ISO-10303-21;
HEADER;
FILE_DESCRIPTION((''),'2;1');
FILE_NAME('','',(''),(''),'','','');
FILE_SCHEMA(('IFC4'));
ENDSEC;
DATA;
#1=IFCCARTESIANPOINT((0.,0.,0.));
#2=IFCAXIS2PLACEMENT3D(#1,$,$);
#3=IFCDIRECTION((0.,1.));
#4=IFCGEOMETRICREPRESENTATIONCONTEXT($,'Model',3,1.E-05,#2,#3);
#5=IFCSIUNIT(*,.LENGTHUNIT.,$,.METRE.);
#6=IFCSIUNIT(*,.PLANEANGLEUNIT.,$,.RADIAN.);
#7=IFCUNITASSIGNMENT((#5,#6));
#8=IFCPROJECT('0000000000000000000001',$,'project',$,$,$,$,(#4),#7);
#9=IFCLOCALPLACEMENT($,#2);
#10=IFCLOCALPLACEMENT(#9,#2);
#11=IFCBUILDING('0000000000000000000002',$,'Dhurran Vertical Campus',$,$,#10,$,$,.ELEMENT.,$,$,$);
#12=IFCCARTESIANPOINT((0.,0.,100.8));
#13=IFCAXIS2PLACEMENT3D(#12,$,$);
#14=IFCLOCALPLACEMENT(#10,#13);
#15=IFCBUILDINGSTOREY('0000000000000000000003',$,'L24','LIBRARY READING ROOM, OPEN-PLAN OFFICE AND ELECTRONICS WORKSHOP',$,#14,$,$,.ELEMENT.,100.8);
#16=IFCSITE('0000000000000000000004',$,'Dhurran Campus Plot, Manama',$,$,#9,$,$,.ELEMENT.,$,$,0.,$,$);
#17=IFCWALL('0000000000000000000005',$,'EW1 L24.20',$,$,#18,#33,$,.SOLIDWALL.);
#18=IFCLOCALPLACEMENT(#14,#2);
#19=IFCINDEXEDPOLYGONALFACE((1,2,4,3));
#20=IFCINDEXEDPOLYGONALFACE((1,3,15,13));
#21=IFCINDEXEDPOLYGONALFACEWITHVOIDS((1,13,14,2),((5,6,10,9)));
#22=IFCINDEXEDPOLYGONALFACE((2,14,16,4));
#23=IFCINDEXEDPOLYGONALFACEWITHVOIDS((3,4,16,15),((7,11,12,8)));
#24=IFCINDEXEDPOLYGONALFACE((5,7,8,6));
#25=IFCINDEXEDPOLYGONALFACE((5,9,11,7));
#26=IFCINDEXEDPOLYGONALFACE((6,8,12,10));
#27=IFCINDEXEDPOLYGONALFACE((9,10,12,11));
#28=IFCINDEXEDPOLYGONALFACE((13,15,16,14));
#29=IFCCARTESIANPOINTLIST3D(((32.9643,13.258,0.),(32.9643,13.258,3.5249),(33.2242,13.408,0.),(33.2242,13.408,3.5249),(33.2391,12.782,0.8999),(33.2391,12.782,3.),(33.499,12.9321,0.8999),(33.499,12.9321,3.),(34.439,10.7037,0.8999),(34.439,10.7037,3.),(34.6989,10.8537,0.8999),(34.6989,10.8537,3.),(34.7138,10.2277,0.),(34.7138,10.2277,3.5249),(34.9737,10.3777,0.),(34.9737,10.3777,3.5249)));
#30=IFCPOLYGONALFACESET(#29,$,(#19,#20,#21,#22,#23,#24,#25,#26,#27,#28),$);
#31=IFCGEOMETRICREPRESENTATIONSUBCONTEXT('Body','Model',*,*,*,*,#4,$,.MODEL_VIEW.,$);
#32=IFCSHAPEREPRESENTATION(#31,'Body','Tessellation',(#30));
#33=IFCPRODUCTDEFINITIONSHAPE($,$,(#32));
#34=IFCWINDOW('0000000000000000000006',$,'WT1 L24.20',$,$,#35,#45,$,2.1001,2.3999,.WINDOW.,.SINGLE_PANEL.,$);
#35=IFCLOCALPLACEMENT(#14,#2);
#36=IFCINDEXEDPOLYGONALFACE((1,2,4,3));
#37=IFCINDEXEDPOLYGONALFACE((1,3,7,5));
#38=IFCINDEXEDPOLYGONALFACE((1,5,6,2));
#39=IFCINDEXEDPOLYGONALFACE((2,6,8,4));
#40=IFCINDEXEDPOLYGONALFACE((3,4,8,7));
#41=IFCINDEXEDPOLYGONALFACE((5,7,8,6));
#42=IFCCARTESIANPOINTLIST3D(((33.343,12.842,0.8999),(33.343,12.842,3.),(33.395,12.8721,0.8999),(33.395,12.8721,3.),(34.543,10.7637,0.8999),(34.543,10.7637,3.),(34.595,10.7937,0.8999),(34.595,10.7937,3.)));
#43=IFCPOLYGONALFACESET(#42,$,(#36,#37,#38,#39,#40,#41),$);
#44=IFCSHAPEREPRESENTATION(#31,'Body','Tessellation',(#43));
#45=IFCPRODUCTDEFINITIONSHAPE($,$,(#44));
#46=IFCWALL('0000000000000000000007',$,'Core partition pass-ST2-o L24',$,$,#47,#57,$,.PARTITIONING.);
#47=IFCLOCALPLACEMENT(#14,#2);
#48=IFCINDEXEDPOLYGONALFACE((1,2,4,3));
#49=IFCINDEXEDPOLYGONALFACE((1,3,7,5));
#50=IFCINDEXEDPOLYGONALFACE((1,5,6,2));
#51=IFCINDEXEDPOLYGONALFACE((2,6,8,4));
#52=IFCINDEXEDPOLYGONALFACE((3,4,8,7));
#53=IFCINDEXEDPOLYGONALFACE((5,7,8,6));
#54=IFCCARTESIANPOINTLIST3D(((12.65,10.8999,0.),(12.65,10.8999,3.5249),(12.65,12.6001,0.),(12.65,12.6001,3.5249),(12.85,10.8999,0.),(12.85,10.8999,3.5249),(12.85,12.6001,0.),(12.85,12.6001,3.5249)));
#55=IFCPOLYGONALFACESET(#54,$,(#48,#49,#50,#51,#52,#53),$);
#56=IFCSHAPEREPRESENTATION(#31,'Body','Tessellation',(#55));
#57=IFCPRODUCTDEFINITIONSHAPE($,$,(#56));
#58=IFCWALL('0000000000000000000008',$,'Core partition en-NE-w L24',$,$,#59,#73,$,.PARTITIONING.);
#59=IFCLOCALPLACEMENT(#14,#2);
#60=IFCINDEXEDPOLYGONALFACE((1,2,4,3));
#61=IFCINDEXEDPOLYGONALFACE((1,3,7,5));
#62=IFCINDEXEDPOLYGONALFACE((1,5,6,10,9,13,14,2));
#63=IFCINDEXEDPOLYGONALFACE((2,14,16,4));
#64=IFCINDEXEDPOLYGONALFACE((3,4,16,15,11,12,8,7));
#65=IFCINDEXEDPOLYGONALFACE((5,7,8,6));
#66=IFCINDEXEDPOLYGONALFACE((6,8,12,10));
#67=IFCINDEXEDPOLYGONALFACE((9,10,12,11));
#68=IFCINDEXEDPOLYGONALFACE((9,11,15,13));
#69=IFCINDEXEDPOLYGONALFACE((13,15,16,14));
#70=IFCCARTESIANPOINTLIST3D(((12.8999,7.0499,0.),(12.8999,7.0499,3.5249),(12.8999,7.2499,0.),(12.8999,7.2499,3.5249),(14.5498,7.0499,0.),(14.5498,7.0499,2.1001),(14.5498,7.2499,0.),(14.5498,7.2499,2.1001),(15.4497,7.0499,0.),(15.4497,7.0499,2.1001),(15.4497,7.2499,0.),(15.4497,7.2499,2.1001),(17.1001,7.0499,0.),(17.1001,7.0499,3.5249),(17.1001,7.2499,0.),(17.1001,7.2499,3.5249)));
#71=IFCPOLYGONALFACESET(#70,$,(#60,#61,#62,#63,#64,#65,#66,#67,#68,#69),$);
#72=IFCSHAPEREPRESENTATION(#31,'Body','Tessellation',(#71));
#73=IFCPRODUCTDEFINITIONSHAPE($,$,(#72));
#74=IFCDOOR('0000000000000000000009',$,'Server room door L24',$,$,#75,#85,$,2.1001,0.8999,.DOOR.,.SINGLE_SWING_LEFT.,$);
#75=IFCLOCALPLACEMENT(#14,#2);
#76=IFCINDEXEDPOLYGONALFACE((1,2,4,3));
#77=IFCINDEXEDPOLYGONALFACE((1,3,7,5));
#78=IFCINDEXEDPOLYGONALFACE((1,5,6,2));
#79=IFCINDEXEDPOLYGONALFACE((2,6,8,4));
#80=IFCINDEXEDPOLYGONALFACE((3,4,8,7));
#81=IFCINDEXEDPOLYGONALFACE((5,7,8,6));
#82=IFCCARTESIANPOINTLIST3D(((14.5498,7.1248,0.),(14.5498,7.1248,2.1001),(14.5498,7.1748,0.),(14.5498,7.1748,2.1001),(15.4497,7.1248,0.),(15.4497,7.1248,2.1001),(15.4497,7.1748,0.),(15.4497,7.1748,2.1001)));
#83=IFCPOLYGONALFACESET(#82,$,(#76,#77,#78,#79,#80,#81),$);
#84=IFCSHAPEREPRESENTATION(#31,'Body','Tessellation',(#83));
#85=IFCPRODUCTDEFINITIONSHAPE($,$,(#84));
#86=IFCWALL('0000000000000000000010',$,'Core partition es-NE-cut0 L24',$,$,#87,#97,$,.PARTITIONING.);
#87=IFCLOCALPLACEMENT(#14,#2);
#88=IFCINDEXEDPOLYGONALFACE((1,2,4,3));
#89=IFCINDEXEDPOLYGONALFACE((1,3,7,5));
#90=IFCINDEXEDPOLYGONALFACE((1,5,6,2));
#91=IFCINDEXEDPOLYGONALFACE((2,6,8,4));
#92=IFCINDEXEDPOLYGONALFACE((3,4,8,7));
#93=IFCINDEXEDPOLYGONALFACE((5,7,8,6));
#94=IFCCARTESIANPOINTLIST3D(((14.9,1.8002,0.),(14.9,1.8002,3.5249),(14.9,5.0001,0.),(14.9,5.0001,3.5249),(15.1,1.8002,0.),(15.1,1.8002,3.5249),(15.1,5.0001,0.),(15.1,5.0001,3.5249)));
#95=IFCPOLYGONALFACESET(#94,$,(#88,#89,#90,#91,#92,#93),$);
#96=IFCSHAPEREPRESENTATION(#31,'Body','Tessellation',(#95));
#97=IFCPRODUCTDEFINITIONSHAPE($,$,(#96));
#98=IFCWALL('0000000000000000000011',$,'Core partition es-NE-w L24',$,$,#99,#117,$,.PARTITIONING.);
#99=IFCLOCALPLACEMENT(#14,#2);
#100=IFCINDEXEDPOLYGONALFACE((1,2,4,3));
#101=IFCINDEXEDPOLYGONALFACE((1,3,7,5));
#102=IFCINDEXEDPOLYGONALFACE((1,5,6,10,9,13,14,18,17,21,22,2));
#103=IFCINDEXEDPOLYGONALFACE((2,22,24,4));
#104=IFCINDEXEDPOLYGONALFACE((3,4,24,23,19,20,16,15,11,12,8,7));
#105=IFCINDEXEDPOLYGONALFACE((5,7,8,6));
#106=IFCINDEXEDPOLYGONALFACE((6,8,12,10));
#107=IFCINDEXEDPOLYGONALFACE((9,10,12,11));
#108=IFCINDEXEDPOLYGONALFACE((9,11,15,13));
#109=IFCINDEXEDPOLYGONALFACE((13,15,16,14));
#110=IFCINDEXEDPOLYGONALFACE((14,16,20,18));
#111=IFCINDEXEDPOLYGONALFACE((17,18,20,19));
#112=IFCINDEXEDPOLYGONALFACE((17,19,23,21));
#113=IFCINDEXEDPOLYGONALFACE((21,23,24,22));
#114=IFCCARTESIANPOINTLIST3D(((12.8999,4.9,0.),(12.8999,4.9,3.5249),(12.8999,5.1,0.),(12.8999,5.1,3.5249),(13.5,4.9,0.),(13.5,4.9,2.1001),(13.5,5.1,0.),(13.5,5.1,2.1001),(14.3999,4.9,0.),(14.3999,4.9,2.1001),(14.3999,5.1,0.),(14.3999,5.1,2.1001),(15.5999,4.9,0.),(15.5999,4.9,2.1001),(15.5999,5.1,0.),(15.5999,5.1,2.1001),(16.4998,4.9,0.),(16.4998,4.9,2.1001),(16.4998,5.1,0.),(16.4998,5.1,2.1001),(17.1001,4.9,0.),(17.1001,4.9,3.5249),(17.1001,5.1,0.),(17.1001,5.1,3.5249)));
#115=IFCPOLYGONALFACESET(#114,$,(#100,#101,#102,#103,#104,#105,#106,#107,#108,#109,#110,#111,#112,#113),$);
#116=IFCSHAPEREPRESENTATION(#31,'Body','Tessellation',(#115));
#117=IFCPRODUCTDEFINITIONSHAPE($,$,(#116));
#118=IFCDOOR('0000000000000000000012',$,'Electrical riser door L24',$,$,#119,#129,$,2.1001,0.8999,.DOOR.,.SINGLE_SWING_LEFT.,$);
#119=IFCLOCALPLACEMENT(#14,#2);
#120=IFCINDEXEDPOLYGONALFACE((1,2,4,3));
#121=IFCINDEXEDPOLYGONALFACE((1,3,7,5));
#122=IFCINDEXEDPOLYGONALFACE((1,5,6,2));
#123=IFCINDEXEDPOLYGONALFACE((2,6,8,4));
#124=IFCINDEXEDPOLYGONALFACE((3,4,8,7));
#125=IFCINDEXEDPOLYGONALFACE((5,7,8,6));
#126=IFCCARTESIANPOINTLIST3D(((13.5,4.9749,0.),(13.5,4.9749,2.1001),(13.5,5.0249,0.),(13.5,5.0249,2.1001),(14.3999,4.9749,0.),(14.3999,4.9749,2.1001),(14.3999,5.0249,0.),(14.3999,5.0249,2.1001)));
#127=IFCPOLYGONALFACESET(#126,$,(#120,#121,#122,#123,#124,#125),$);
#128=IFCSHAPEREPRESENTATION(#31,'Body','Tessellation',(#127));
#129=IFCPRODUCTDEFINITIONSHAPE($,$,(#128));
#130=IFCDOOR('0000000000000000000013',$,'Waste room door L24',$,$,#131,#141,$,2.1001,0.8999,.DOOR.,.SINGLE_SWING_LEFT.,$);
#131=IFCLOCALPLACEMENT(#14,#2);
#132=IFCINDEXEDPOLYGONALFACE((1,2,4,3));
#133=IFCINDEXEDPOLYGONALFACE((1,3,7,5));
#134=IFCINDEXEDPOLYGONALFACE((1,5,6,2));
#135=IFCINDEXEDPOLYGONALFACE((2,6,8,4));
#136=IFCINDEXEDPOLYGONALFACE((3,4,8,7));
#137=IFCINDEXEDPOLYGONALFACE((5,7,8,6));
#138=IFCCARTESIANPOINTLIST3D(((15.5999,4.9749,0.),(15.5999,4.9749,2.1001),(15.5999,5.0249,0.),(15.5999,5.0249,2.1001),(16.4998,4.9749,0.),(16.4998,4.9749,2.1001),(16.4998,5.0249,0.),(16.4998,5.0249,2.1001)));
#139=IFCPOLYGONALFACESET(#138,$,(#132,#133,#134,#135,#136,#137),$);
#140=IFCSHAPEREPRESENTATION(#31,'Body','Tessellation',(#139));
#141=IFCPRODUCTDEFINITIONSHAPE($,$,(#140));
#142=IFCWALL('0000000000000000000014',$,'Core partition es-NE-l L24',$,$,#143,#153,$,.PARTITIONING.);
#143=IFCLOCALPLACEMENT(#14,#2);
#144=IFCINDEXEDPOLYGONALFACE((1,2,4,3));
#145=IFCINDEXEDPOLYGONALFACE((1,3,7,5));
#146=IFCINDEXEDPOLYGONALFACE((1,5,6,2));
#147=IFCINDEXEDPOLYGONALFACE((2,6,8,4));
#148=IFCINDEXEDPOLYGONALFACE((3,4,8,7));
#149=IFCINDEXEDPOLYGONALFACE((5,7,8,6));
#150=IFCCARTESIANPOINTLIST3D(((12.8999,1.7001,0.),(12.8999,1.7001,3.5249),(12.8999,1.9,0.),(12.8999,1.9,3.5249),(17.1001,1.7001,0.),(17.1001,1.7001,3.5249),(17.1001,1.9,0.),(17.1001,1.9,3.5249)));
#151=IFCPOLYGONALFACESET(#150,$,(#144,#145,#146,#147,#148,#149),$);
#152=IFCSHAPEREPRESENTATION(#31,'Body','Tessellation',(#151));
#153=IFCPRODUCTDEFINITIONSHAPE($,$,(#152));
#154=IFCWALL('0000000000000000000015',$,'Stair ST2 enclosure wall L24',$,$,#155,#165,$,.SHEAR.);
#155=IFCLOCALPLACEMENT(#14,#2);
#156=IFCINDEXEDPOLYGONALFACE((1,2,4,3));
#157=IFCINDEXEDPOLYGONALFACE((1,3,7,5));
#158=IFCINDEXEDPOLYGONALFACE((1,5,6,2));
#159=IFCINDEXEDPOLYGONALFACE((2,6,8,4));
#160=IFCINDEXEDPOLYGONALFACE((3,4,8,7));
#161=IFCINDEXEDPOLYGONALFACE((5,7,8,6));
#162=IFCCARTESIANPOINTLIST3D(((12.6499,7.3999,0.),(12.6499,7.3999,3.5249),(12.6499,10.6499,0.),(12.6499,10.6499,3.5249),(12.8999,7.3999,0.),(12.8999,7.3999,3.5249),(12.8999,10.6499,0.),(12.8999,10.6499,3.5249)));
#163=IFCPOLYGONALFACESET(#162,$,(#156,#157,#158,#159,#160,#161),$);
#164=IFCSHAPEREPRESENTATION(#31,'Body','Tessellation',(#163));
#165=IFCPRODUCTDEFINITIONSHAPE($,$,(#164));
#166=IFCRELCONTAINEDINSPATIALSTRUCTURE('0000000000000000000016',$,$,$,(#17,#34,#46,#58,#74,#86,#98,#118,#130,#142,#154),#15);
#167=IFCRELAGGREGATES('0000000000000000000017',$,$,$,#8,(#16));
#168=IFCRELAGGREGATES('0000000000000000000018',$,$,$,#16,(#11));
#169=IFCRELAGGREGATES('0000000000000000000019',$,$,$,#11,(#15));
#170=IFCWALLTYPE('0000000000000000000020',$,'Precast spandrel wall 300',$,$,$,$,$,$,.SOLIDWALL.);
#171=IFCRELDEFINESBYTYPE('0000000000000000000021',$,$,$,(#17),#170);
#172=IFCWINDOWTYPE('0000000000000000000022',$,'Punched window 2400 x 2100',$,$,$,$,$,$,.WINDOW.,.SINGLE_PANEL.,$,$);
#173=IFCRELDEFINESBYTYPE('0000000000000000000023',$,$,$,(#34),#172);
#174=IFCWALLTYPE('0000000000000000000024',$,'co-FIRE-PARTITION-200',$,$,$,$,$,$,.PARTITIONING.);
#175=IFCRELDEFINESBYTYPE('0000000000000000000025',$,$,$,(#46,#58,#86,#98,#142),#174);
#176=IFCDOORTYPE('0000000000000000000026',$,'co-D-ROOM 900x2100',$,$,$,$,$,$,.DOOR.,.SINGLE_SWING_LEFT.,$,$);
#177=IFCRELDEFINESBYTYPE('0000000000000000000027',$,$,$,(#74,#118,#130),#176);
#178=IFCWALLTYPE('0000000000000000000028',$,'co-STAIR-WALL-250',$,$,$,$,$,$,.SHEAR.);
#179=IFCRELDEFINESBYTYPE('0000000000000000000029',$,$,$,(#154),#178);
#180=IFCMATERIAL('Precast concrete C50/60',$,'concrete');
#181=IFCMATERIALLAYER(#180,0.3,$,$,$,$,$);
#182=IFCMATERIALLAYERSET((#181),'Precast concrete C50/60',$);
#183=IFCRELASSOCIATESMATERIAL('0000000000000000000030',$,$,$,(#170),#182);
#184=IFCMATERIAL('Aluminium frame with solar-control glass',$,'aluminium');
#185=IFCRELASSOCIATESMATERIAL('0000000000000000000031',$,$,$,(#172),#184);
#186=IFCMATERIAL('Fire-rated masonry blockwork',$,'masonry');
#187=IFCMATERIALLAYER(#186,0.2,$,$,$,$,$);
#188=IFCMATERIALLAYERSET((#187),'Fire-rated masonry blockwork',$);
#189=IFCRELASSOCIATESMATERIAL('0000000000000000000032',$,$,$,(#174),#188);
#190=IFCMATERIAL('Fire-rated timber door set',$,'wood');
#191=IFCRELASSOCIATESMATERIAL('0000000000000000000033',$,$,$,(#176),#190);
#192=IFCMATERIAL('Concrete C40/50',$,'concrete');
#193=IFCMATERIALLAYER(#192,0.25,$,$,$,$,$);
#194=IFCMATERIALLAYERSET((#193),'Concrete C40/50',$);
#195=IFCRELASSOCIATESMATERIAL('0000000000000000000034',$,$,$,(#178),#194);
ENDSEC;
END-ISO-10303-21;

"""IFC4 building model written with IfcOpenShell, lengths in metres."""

from ifc_helpers import new_model, si_unit, direction, frame, frame_2d, origin, place, context, subcontext, project, spatial, rectangle, extrude, material, layer, layer_set, type_object, element, fill, save


model = new_model("IFC4")

# Units and contexts
model_context = context("Model", 3, precision=1e-05, world=origin(), true_north=direction((0.0, 1.0)))
body_context = subcontext(model_context, "Body", "Model", "MODEL_VIEW")
ifc_project = project(units=[si_unit("LENGTHUNIT", "METRE"), si_unit("PLANEANGLEUNIT", "RADIAN")], contexts=[model_context])

# Site, building, storey
site_placement = place(None, origin())
site = spatial("IfcSite", under=ifc_project, at=site_placement, Name="Dhurran Campus Plot, Manama", CompositionType="ELEMENT", RefElevation=0.0)
building_placement = place(site_placement, origin())
building = spatial("IfcBuilding", under=site, at=building_placement, Name="Dhurran Vertical Campus", CompositionType="ELEMENT")
storey_placement = place(building_placement, frame((0.0, 0.0, 100.8)))
storey = spatial("IfcBuildingStorey", under=building, at=storey_placement, Name="L24", Description="LIBRARY READING ROOM, OPEN-PLAN OFFICE AND ELECTRONICS WORKSHOP", CompositionType="ELEMENT", Elevation=100.8)

# Wall, opening, window
ifc_material_1 = material(Name="Precast concrete C50/60", Category="concrete")
ifc_layer_1 = layer(ifc_material_1, 0.3)
ifc_layer_set_1 = layer_set([ifc_layer_1], Name="Precast concrete C50/60")
wall_type_1 = type_object("IfcWallType", Name="Precast spandrel wall 300", PredefinedType="SOLIDWALL", material=ifc_layer_set_1)
ifc_material_2 = material(Name="Aluminium frame with solar-control glass", Category="aluminium")
window_type = type_object("IfcWindowType", Name="Punched window 2400 x 2100", PartitioningType="SINGLE_PANEL", PredefinedType="WINDOW", material=ifc_material_2)
wall_1_placement = place(storey_placement, frame((34.8438, 10.3027, 0.0), z_axis=(0.0, 0.0, 1.0), x_axis=(-0.499996, 0.866028, 0.0)))
wall_1 = element("IfcWall", 1, at=wall_1_placement, inside=storey, type_object=wall_type_1, Name="EW1 L24.20", PredefinedType="SOLIDWALL", context=body_context, shape_type="SweptSolid", body=[
    extrude(rectangle(XDim=3.499, YDim=0.3, at=frame_2d((1.7495, 0.0))), origin(), (0.0, 0.0, 1.0), 3.5249),
])
opening_1_placement = place(wall_1_placement, frame((0.5496, 0.0, 0.8999)))
opening_1 = element("IfcOpeningElement", 2, at=opening_1_placement, cuts=wall_1, PredefinedType="OPENING", context=body_context, shape_type="SweptSolid", body=[
    extrude(rectangle(XDim=2.3999, YDim=2.1001, at=frame_2d((1.2, 1.05))), frame((0.0, 0.1599, 0.0), z_axis=(0.0, -1.0, 0.0), x_axis=(1.0, 0.0, 0.0)), (0.0, 0.0, 1.0), 0.3201),
])
window_1_placement = place(opening_1_placement, origin())
window_1 = element("IfcWindow", 3, at=window_1_placement, inside=storey, type_object=window_type, Name="WT1 L24.20", OverallHeight=2.1001, OverallWidth=2.3999, PartitioningType="SINGLE_PANEL", PredefinedType="WINDOW", context=body_context, shape_type="SweptSolid", body=[
    extrude(rectangle(XDim=2.3999, YDim=2.1001, at=frame_2d((1.2, 1.05))), frame((0.0, 0.03, 0.0), z_axis=(0.0, -1.0, 0.0), x_axis=(1.0, 0.0, 0.0)), (0.0, 0.0, 1.0), 0.0601),
])
fill(opening_1, window_1)

# Wall
ifc_material_3 = material(Name="Fire-rated masonry blockwork", Category="masonry")
ifc_layer_2 = layer(ifc_material_3, 0.2)
ifc_layer_set_2 = layer_set([ifc_layer_2], Name="Fire-rated masonry blockwork")
wall_type_2 = type_object("IfcWallType", Name="co-FIRE-PARTITION-200", PredefinedType="PARTITIONING", material=ifc_layer_set_2)
wall_2_placement = place(storey_placement, frame((12.75, 10.8999, 0.0), z_axis=(0.0, 0.0, 1.0), x_axis=(0.0, 1.0, 0.0)))
element("IfcWall", 4, at=wall_2_placement, inside=storey, type_object=wall_type_2, Name="Core partition pass-ST2-o L24", PredefinedType="PARTITIONING", context=body_context, shape_type="SweptSolid", body=[
    extrude(rectangle(XDim=1.7002, YDim=0.2, at=frame_2d((0.8501, 0.0))), origin(), (0.0, 0.0, 1.0), 3.5249),
])

# Wall, opening, door
wall_3_placement = place(storey_placement, frame((12.8999, 7.1499, 0.0), z_axis=(0.0, 0.0, 1.0), x_axis=(1.0, 0.0, 0.0)))
wall_3 = element("IfcWall", 5, at=wall_3_placement, inside=storey, type_object=wall_type_2, Name="Core partition en-NE-w L24", PredefinedType="PARTITIONING", context=body_context, shape_type="SweptSolid", body=[
    extrude(rectangle(XDim=4.2002, YDim=0.2, at=frame_2d((2.1001, 0.0))), origin(), (0.0, 0.0, 1.0), 3.5249),
])
opening_2_placement = place(wall_3_placement, frame((1.6499, 0.0, 0.0)))
opening_2 = element("IfcOpeningElement", 6, at=opening_2_placement, cuts=wall_3, PredefinedType="OPENING", context=body_context, shape_type="SweptSolid", body=[
    extrude(rectangle(XDim=0.8999, YDim=2.1001, at=frame_2d((0.45, 1.05))), frame((0.0, 0.1099, 0.0), z_axis=(0.0, -1.0, 0.0), x_axis=(1.0, 0.0, 0.0)), (0.0, 0.0, 1.0), 0.22),
])
ifc_material_4 = material(Name="Fire-rated timber door set", Category="wood")
door_type_1 = type_object("IfcDoorType", Name="co-D-ROOM 900x2100", OperationType="SINGLE_SWING_LEFT", PredefinedType="DOOR", material=ifc_material_4)
door_1_placement = place(opening_2_placement, origin())
door_1 = element("IfcDoor", 7, at=door_1_placement, inside=storey, type_object=door_type_1, Name="Server room door L24", OperationType="SINGLE_SWING_LEFT", OverallHeight=2.1001, OverallWidth=0.8999, PredefinedType="DOOR", context=body_context, shape_type="SweptSolid", body=[
    extrude(rectangle(XDim=0.8999, YDim=2.1001, at=frame_2d((0.45, 1.05))), frame((0.0, 0.0249, 0.0), z_axis=(0.0, -1.0, 0.0), x_axis=(1.0, 0.0, 0.0)), (0.0, 0.0, 1.0), 0.05),
])
fill(opening_2, door_1)

# Wall
wall_4_placement = place(storey_placement, frame((15.0, 1.8, 0.0), z_axis=(0.0, 0.0, 1.0), x_axis=(0.0, 1.0, 0.0)))
element("IfcWall", 8, at=wall_4_placement, inside=storey, type_object=wall_type_2, Name="Core partition es-NE-cut0 L24", PredefinedType="PARTITIONING", context=body_context, shape_type="SweptSolid", body=[
    extrude(rectangle(XDim=3.2, YDim=0.2, at=frame_2d((1.6001, 0.0))), origin(), (0.0, 0.0, 1.0), 3.5249),
])

# Wall, openings, doors
wall_5_placement = place(storey_placement, frame((12.8999, 5.0, 0.0), z_axis=(0.0, 0.0, 1.0), x_axis=(1.0, 0.0, 0.0)))
wall_5 = element("IfcWall", 9, at=wall_5_placement, inside=storey, type_object=wall_type_2, Name="Core partition es-NE-w L24", PredefinedType="PARTITIONING", context=body_context, shape_type="SweptSolid", body=[
    extrude(rectangle(XDim=4.2002, YDim=0.2, at=frame_2d((2.1001, 0.0))), origin(), (0.0, 0.0, 1.0), 3.5249),
])
opening_3_placement = place(wall_5_placement, frame((0.6001, 0.0, 0.0)))
opening_3 = element("IfcOpeningElement", 10, at=opening_3_placement, cuts=wall_5, PredefinedType="OPENING", context=body_context, shape_type="SweptSolid", body=[
    extrude(rectangle(XDim=0.8999, YDim=2.1001, at=frame_2d((0.45, 1.05))), frame((0.0, 0.1099, 0.0), z_axis=(0.0, -1.0, 0.0), x_axis=(1.0, 0.0, 0.0)), (0.0, 0.0, 1.0), 0.22),
])
opening_4_placement = place(wall_5_placement, frame((2.7, 0.0, 0.0)))
opening_4 = element("IfcOpeningElement", 11, at=opening_4_placement, cuts=wall_5, PredefinedType="OPENING", context=body_context, shape_type="SweptSolid", body=[
    extrude(rectangle(XDim=0.8999, YDim=2.1001, at=frame_2d((0.45, 1.05))), frame((0.0, 0.1099, 0.0), z_axis=(0.0, -1.0, 0.0), x_axis=(1.0, 0.0, 0.0)), (0.0, 0.0, 1.0), 0.22),
])
door_2_placement = place(opening_3_placement, origin())
door_2 = element("IfcDoor", 12, at=door_2_placement, inside=storey, type_object=door_type_1, Name="Electrical riser door L24", OperationType="SINGLE_SWING_LEFT", OverallHeight=2.1001, OverallWidth=0.8999, PredefinedType="DOOR", context=body_context, shape_type="SweptSolid", body=[
    extrude(rectangle(XDim=0.8999, YDim=2.1001, at=frame_2d((0.45, 1.05))), frame((0.0, 0.0249, 0.0), z_axis=(0.0, -1.0, 0.0), x_axis=(1.0, 0.0, 0.0)), (0.0, 0.0, 1.0), 0.05),
])
fill(opening_3, door_2)
door_3_placement = place(opening_4_placement, origin())
door_3 = element("IfcDoor", 13, at=door_3_placement, inside=storey, type_object=door_type_1, Name="Waste room door L24", OperationType="SINGLE_SWING_LEFT", OverallHeight=2.1001, OverallWidth=0.8999, PredefinedType="DOOR", context=body_context, shape_type="SweptSolid", body=[
    extrude(rectangle(XDim=0.8999, YDim=2.1001, at=frame_2d((0.45, 1.05))), frame((0.0, 0.0249, 0.0), z_axis=(0.0, -1.0, 0.0), x_axis=(1.0, 0.0, 0.0)), (0.0, 0.0, 1.0), 0.05),
])
fill(opening_4, door_3)

# Walls
wall_6_placement = place(storey_placement, frame((12.8999, 1.8, 0.0), z_axis=(0.0, 0.0, 1.0), x_axis=(1.0, 0.0, 0.0)))
element("IfcWall", 14, at=wall_6_placement, inside=storey, type_object=wall_type_2, Name="Core partition es-NE-l L24", PredefinedType="PARTITIONING", context=body_context, shape_type="SweptSolid", body=[
    extrude(rectangle(XDim=4.2002, YDim=0.2, at=frame_2d((2.1001, 0.0))), origin(), (0.0, 0.0, 1.0), 3.5249),
])
ifc_material_5 = material(Name="Concrete C40/50", Category="concrete")
ifc_layer_3 = layer(ifc_material_5, 0.25)
ifc_layer_set_3 = layer_set([ifc_layer_3], Name="Concrete C40/50")
wall_type_3 = type_object("IfcWallType", Name="co-STAIR-WALL-250", PredefinedType="SHEAR", material=ifc_layer_set_3)
wall_7_placement = place(storey_placement, frame((12.7749, 7.3999, 0.0), z_axis=(0.0, 0.0, 1.0), x_axis=(0.0, 1.0, 0.0)))
element("IfcWall", 15, at=wall_7_placement, inside=storey, type_object=wall_type_3, Name="Stair ST2 enclosure wall L24", PredefinedType="SHEAR", context=body_context, shape_type="SweptSolid", body=[
    extrude(rectangle(XDim=3.25, YDim=0.25, at=frame_2d((1.625, 0.0))), origin(), (0.0, 0.0, 1.0), 3.5249),
])

save(model, "model.ifc")
